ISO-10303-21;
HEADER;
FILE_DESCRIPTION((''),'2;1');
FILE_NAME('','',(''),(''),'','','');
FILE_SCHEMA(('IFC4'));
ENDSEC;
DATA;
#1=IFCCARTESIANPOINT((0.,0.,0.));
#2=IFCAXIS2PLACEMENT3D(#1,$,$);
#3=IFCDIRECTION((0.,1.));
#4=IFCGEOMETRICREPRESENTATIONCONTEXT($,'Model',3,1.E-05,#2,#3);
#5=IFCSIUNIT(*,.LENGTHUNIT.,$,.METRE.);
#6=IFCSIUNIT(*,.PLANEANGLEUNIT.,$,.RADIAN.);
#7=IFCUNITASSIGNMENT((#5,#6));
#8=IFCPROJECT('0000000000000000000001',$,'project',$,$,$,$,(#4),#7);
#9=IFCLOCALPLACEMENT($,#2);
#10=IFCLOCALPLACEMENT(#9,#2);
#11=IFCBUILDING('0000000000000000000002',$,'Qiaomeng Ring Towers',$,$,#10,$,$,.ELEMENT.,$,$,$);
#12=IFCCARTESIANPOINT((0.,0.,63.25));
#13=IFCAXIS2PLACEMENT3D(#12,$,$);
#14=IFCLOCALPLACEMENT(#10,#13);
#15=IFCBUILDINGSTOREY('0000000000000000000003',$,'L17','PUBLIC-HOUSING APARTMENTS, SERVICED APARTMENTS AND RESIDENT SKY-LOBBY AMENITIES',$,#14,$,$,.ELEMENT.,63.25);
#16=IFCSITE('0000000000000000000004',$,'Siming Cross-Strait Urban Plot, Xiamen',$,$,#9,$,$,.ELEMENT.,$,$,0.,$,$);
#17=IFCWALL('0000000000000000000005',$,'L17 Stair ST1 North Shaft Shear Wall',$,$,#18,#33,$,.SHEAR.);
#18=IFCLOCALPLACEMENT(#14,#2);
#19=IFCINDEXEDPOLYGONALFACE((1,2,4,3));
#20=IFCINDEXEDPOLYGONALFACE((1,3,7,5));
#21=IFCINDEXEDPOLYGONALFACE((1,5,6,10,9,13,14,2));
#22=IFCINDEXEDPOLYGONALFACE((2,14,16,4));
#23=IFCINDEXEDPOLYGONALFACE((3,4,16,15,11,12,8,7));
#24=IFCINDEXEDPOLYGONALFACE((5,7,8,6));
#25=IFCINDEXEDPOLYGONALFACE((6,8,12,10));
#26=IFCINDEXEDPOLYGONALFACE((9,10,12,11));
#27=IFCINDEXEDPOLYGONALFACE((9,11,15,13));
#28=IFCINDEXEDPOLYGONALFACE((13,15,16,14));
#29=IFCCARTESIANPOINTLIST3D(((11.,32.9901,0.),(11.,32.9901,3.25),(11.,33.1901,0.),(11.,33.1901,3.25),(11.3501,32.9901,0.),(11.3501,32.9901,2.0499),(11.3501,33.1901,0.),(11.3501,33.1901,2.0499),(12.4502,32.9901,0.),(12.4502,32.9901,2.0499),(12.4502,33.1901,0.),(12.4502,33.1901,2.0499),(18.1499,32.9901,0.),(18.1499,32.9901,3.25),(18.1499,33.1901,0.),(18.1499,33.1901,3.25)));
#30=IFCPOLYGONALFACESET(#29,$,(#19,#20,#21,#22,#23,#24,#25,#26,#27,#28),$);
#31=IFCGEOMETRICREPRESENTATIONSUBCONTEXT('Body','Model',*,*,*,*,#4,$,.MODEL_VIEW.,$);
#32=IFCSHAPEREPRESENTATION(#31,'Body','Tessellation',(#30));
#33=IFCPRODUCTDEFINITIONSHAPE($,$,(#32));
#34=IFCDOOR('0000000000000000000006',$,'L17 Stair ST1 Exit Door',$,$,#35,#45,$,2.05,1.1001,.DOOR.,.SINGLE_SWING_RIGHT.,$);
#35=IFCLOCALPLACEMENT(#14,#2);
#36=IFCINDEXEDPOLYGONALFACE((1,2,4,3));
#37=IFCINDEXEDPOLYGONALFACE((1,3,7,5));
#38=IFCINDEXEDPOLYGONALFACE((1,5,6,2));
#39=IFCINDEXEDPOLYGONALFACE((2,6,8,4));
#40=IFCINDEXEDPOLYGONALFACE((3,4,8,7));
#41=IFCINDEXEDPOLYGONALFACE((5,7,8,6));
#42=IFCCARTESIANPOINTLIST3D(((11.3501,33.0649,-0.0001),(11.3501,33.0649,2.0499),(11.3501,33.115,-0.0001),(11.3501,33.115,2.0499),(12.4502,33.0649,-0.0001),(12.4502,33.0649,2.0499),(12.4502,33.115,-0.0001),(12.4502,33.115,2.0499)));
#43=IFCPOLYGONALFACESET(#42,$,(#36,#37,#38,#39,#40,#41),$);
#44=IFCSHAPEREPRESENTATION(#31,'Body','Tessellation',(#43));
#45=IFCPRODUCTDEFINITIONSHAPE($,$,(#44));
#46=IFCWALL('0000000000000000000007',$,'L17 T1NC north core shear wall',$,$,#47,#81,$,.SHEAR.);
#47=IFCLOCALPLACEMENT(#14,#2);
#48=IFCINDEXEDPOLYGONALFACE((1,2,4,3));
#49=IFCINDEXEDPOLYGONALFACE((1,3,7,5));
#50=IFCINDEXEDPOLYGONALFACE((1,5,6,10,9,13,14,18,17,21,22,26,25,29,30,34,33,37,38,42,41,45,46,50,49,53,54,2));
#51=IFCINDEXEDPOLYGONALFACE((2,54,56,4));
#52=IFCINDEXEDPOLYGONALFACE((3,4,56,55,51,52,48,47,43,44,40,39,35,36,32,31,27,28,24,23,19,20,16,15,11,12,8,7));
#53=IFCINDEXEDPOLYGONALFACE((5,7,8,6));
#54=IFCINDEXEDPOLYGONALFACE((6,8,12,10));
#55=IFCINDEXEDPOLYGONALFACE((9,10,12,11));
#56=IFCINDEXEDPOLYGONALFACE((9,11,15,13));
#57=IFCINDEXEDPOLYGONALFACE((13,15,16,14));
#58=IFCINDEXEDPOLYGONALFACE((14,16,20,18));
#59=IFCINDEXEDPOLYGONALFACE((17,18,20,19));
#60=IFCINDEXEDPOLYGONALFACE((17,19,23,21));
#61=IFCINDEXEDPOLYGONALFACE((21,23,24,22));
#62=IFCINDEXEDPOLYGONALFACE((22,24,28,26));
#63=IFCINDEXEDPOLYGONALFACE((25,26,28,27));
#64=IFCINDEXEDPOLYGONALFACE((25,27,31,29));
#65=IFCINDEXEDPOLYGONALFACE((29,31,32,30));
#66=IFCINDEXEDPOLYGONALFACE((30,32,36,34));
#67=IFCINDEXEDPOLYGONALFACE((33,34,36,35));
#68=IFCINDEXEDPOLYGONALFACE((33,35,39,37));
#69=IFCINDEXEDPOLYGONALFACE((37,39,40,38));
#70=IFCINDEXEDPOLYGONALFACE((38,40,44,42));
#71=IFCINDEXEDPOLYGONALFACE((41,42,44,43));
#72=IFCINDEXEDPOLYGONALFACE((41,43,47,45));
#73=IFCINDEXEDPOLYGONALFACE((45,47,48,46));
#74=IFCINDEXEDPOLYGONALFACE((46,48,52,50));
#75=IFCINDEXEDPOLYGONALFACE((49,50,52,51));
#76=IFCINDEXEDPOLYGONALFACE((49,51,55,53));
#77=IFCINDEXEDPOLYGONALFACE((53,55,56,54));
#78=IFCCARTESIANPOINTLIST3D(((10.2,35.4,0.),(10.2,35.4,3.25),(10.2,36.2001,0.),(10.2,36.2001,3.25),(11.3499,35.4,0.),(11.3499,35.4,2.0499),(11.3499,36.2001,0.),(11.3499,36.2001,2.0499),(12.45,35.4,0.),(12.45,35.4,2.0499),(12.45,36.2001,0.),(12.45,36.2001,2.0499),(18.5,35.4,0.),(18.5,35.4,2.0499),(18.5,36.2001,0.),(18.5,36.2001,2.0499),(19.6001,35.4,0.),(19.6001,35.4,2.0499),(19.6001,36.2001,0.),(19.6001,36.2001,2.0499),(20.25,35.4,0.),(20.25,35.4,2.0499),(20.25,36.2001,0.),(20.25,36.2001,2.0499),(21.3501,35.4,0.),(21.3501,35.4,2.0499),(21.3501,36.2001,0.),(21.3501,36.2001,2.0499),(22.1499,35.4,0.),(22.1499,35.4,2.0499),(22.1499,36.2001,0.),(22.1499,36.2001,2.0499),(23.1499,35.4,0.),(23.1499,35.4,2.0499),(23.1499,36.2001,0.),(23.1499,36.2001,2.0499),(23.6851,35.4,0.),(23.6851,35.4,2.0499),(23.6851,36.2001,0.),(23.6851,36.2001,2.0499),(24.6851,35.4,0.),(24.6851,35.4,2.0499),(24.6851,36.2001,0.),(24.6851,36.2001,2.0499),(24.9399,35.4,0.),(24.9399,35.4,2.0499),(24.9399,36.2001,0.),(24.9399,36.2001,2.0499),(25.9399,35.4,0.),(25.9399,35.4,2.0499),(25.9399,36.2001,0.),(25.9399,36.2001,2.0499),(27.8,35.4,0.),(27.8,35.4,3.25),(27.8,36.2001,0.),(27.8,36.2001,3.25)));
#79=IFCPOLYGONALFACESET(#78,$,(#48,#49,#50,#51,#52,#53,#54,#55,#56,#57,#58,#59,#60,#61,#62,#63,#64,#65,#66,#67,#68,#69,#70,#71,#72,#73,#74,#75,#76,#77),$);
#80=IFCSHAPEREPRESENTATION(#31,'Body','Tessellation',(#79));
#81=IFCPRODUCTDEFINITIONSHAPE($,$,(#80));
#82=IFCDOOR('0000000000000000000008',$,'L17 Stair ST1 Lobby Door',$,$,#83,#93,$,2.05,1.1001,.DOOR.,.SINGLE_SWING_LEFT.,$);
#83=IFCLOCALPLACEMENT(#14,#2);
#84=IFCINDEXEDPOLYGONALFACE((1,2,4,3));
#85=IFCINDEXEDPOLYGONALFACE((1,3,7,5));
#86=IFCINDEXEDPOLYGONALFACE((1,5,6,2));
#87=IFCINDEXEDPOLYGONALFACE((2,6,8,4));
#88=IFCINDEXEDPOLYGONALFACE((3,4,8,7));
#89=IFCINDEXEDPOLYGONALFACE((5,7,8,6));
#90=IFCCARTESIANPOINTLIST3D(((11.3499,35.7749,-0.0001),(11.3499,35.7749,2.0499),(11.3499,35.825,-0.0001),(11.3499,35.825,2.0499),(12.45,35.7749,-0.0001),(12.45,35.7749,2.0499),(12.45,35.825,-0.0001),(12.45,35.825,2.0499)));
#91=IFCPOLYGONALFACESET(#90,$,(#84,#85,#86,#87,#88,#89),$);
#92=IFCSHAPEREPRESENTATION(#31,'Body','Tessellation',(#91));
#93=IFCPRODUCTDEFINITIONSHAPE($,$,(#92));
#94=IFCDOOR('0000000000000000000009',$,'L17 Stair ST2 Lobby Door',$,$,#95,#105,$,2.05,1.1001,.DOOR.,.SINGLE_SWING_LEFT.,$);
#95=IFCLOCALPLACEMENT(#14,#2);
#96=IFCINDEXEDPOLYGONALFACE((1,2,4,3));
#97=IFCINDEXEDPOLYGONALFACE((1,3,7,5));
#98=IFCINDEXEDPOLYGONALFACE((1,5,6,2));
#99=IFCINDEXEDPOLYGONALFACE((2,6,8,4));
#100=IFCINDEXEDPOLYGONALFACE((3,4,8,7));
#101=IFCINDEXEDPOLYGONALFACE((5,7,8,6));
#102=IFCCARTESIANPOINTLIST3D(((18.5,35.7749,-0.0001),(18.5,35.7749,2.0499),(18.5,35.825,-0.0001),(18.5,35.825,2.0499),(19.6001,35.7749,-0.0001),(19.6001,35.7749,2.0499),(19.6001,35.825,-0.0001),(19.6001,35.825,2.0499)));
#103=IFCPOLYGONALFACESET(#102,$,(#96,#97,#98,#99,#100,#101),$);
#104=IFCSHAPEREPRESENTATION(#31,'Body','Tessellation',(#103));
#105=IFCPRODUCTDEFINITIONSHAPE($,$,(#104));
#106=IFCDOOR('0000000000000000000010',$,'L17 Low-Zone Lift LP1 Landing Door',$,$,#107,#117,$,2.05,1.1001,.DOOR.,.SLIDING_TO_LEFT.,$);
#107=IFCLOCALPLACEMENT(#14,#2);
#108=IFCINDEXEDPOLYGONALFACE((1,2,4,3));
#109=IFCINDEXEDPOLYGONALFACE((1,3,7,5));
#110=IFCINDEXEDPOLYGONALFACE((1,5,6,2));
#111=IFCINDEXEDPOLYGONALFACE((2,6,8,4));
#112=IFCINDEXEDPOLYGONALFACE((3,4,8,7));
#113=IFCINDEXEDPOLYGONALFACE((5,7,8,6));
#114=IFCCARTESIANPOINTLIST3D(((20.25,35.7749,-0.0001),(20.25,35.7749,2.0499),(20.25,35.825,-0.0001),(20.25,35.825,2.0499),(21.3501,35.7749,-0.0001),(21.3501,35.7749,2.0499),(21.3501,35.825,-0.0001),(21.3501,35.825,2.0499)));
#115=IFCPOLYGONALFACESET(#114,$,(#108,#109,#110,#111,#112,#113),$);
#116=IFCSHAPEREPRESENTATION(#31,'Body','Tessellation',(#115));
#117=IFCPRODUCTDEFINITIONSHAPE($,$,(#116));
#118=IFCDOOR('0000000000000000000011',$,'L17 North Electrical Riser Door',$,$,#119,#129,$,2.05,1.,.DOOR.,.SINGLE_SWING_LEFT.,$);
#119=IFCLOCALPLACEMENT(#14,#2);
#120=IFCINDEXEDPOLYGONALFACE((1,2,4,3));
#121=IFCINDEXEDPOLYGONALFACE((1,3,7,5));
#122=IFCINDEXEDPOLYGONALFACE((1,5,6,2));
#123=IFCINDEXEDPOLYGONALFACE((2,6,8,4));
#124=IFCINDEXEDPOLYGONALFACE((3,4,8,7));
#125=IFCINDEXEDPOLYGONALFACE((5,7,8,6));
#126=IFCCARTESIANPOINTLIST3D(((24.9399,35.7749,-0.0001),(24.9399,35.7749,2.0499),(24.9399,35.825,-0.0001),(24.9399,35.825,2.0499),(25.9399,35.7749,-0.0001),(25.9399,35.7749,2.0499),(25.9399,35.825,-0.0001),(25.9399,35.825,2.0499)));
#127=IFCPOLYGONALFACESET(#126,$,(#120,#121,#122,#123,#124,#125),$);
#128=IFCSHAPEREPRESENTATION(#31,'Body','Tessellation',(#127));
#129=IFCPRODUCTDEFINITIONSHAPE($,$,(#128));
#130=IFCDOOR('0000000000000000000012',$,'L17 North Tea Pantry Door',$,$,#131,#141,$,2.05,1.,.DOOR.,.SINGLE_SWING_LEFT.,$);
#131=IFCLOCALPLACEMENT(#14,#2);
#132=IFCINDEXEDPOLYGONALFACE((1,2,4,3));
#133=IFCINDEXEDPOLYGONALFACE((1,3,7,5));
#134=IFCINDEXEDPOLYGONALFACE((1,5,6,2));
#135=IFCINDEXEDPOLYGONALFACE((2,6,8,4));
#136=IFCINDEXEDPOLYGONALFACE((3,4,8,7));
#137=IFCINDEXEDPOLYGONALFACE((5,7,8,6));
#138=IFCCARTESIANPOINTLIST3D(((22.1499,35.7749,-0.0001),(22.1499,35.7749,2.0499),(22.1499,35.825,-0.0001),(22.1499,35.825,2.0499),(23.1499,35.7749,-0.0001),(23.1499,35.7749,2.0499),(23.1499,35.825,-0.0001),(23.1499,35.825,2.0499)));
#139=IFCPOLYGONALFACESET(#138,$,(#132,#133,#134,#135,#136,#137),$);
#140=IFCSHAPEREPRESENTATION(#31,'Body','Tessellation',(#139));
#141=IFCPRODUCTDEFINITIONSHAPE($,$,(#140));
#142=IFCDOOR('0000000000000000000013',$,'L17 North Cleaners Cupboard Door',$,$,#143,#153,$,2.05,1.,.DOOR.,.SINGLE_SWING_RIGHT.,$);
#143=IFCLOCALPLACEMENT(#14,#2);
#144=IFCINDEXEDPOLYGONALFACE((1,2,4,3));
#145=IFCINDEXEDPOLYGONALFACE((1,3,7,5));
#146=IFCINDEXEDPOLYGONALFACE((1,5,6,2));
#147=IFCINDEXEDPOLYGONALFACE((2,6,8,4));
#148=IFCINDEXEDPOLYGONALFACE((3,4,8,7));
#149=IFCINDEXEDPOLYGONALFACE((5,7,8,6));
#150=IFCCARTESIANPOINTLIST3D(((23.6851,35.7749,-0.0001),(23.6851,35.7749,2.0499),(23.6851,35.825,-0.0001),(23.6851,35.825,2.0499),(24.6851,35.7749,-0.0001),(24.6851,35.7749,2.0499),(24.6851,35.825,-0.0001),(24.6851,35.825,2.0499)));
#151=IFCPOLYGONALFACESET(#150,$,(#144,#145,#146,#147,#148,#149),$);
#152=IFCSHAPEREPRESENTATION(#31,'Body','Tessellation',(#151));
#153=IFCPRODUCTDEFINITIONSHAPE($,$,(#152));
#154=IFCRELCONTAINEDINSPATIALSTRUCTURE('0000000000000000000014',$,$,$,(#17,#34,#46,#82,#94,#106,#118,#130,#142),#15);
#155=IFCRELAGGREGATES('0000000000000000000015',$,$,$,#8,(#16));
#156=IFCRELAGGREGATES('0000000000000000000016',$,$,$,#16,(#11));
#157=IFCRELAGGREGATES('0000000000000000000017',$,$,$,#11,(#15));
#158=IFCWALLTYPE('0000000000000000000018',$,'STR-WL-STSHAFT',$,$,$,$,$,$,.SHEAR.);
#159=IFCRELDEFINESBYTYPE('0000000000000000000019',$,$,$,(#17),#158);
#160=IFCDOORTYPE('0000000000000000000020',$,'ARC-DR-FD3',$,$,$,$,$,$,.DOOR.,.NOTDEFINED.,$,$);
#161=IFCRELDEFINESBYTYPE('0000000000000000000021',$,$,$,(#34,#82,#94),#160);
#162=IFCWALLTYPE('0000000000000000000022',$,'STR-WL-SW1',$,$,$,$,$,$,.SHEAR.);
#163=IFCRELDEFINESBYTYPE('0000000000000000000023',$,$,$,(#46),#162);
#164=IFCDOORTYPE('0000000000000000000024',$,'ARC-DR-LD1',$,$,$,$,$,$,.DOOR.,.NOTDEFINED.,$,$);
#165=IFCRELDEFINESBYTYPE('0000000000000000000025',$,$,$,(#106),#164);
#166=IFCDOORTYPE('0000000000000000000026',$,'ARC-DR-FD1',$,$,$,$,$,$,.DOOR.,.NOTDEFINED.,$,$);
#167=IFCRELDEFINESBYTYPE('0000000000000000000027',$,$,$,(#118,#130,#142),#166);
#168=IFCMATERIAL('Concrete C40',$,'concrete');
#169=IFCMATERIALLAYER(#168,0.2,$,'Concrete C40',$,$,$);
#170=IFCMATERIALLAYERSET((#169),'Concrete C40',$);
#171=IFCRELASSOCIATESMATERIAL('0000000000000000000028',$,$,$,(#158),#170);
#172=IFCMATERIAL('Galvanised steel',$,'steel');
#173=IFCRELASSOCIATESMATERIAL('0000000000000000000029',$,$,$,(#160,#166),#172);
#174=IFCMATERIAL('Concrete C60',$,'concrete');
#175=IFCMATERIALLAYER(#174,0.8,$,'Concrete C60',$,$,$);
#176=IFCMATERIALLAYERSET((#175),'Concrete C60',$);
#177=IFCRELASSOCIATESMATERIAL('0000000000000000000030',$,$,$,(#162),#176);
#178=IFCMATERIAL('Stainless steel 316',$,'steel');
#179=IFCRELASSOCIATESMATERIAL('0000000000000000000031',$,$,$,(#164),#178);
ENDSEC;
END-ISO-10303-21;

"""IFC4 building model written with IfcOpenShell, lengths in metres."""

from ifc_helpers import new_model, si_unit, direction, frame, frame_2d, origin, place, context, subcontext, project, spatial, rectangle, extrude, source, transform, mapped, material, layer, layer_set, type_object, element, fill, save


model = new_model("IFC4")

# Units and contexts
model_context = context("Model", 3, precision=1e-05, world=origin(), true_north=direction((0.0, 1.0)))
body_context = subcontext(model_context, "Body", "Model", "MODEL_VIEW")
ifc_project = project(units=[si_unit("LENGTHUNIT", "METRE"), si_unit("PLANEANGLEUNIT", "RADIAN")], contexts=[model_context])

# Site, building, storey
site_placement = place(None, origin())
site = spatial("IfcSite", under=ifc_project, at=site_placement, Name="Siming Cross-Strait Urban Plot, Xiamen", CompositionType="ELEMENT", RefElevation=0.0)
building_placement = place(site_placement, origin())
building = spatial("IfcBuilding", under=site, at=building_placement, Name="Qiaomeng Ring Towers", CompositionType="ELEMENT")
storey_placement = place(building_placement, frame((0.0, 0.0, 63.25)))
storey = spatial("IfcBuildingStorey", under=building, at=storey_placement, Name="L17", Description="PUBLIC-HOUSING APARTMENTS, SERVICED APARTMENTS AND RESIDENT SKY-LOBBY AMENITIES", CompositionType="ELEMENT", Elevation=63.25)

# Shared definitions
ifc_material_1 = material(Name="Concrete C60", Category="concrete")

# Shared definitions
shared_shape_1 = source(origin(), body_context, "Body", "SweptSolid", [
    extrude(rectangle(XDim=1.0, YDim=2.05, at=frame_2d((0.5, 1.0249))), frame((0.0, 0.0249, 0.0), z_axis=(0.0, -1.0, 0.0), x_axis=(1.0, 0.0, 0.0)), (0.0, 0.0, 1.0), 0.05),
])

# Shared definitions
ifc_material_2 = material(Name="Concrete C40", Category="concrete")
ifc_layer_1 = layer(ifc_material_2, 0.2, Name="Concrete C40")
ifc_layer_set_1 = layer_set([ifc_layer_1], Name="Concrete C40")
wall_type_1 = type_object("IfcWallType", Name="STR-WL-STSHAFT", PredefinedType="SHEAR", material=ifc_layer_set_1)

# Wall, opening, door
wall_1_placement = place(storey_placement, frame((11.0, 33.0901, 0.0), z_axis=(0.0, 0.0, 1.0), x_axis=(1.0, 0.0, 0.0)))
wall_1 = element("IfcWall", 1, at=wall_1_placement, inside=storey, type_object=wall_type_1, Name="L17 Stair ST1 North Shaft Shear Wall", PredefinedType="SHEAR", context=body_context, shape_type="SweptSolid", body=[
    extrude(rectangle(XDim=7.1499, YDim=0.2, at=frame_2d((3.575, 0.0))), origin(), (0.0, 0.0, 1.0), 3.25),
])
opening_1_placement = place(wall_1_placement, frame((0.3501, 0.0, 0.0)))
opening_1 = element("IfcOpeningElement", 2, at=opening_1_placement, cuts=wall_1, PredefinedType="OPENING", context=body_context, shape_type="SweptSolid", body=[
    extrude(rectangle(XDim=1.1001, YDim=2.05, at=frame_2d((0.55, 1.0249))), frame((0.0, 0.1099, 0.0), z_axis=(0.0, -1.0, 0.0), x_axis=(1.0, 0.0, 0.0)), (0.0, 0.0, 1.0), 0.22),
])
ifc_material_3 = material(Name="Galvanised steel", Category="steel")
door_type_1 = type_object("IfcDoorType", Name="ARC-DR-FD3", OperationType="NOTDEFINED", PredefinedType="DOOR", material=ifc_material_3)
shared_shape_2 = source(origin(), body_context, "Body", "SweptSolid", [
    extrude(rectangle(XDim=1.1001, YDim=2.05, at=frame_2d((0.55, 1.0249))), frame((0.0, 0.0249, 0.0), z_axis=(0.0, -1.0, 0.0), x_axis=(1.0, 0.0, 0.0)), (0.0, 0.0, 1.0), 0.05),
])
door_1_placement = place(opening_1_placement, origin())
door_1 = element("IfcDoor", 3, at=door_1_placement, inside=storey, type_object=door_type_1, Name="L17 Stair ST1 Exit Door", OperationType="SINGLE_SWING_RIGHT", OverallHeight=2.05, OverallWidth=1.1001, PredefinedType="DOOR", context=body_context, shape_type="MappedRepresentation", body=[
    mapped(shared_shape_2, transform((0.0, 0.0, 0.0), x_axis=(1.0, 0.0, 0.0), y_axis=(0.0, 1.0, 0.0), z_axis=(0.0, 0.0, 1.0), scale=1.0)),
])
fill(opening_1, door_1)

# Wall, openings, doors
ifc_layer_2 = layer(ifc_material_1, 0.8, Name="Concrete C60")
ifc_layer_set_2 = layer_set([ifc_layer_2], Name="Concrete C60")
wall_type_2 = type_object("IfcWallType", Name="STR-WL-SW1", PredefinedType="SHEAR", material=ifc_layer_set_2)
wall_2_placement = place(storey_placement, frame((10.2, 35.8, 0.0), z_axis=(0.0, 0.0, 1.0), x_axis=(1.0, 0.0, 0.0)))
wall_2 = element("IfcWall", 4, at=wall_2_placement, inside=storey, type_object=wall_type_2, Name="L17 T1NC north core shear wall", PredefinedType="SHEAR", context=body_context, shape_type="SweptSolid", body=[
    extrude(rectangle(XDim=17.6001, YDim=0.8, at=frame_2d((8.8, 0.0))), origin(), (0.0, 0.0, 1.0), 3.25),
])
opening_2_placement = place(wall_2_placement, frame((1.1499, 0.0, 0.0)))
opening_2 = element("IfcOpeningElement", 5, at=opening_2_placement, cuts=wall_2, PredefinedType="OPENING", context=body_context, shape_type="SweptSolid", body=[
    extrude(rectangle(XDim=1.1001, YDim=2.05, at=frame_2d((0.55, 1.0249))), frame((0.0, 0.4099, 0.0), z_axis=(0.0, -1.0, 0.0), x_axis=(1.0, 0.0, 0.0)), (0.0, 0.0, 1.0), 0.8201),
])
opening_3_placement = place(wall_2_placement, frame((8.3, 0.0, 0.0)))
opening_3 = element("IfcOpeningElement", 6, at=opening_3_placement, cuts=wall_2, PredefinedType="OPENING", context=body_context, shape_type="SweptSolid", body=[
    extrude(rectangle(XDim=1.1001, YDim=2.05, at=frame_2d((0.55, 1.0249))), frame((0.0, 0.4099, 0.0), z_axis=(0.0, -1.0, 0.0), x_axis=(1.0, 0.0, 0.0)), (0.0, 0.0, 1.0), 0.8201),
])
opening_4_placement = place(wall_2_placement, frame((10.05, 0.0, 0.0)))
opening_4 = element("IfcOpeningElement", 7, at=opening_4_placement, cuts=wall_2, PredefinedType="OPENING", context=body_context, shape_type="SweptSolid", body=[
    extrude(rectangle(XDim=1.1001, YDim=2.05, at=frame_2d((0.55, 1.0249))), frame((0.0, 0.4099, 0.0), z_axis=(0.0, -1.0, 0.0), x_axis=(1.0, 0.0, 0.0)), (0.0, 0.0, 1.0), 0.8201),
])
opening_5_placement = place(wall_2_placement, frame((14.74, 0.0, 0.0)))
opening_5 = element("IfcOpeningElement", 8, at=opening_5_placement, cuts=wall_2, PredefinedType="OPENING", context=body_context, shape_type="SweptSolid", body=[
    extrude(rectangle(XDim=1.0, YDim=2.05, at=frame_2d((0.5, 1.0249))), frame((0.0, 0.4099, 0.0), z_axis=(0.0, -1.0, 0.0), x_axis=(1.0, 0.0, 0.0)), (0.0, 0.0, 1.0), 0.8201),
])
opening_6_placement = place(wall_2_placement, frame((11.95, 0.0, 0.0)))
opening_6 = element("IfcOpeningElement", 9, at=opening_6_placement, cuts=wall_2, PredefinedType="OPENING", context=body_context, shape_type="SweptSolid", body=[
    extrude(rectangle(XDim=1.0, YDim=2.05, at=frame_2d((0.5, 1.0249))), frame((0.0, 0.4099, 0.0), z_axis=(0.0, -1.0, 0.0), x_axis=(1.0, 0.0, 0.0)), (0.0, 0.0, 1.0), 0.8201),
])
opening_7_placement = place(wall_2_placement, frame((13.4851, 0.0, 0.0)))
opening_7 = element("IfcOpeningElement", 10, at=opening_7_placement, cuts=wall_2, PredefinedType="OPENING", context=body_context, shape_type="SweptSolid", body=[
    extrude(rectangle(XDim=1.0, YDim=2.05, at=frame_2d((0.5, 1.0249))), frame((0.0, 0.4099, 0.0), z_axis=(0.0, -1.0, 0.0), x_axis=(1.0, 0.0, 0.0)), (0.0, 0.0, 1.0), 0.8201),
])
door_2_placement = place(opening_2_placement, origin())
door_2 = element("IfcDoor", 11, at=door_2_placement, inside=storey, type_object=door_type_1, Name="L17 Stair ST1 Lobby Door", OperationType="SINGLE_SWING_LEFT", OverallHeight=2.05, OverallWidth=1.1001, PredefinedType="DOOR", context=body_context, shape_type="MappedRepresentation", body=[
    mapped(shared_shape_2, transform((0.0, 0.0, 0.0), x_axis=(1.0, 0.0, 0.0), y_axis=(0.0, 1.0, 0.0), z_axis=(0.0, 0.0, 1.0), scale=1.0)),
])
fill(opening_2, door_2)
door_3_placement = place(opening_3_placement, origin())
door_3 = element("IfcDoor", 12, at=door_3_placement, inside=storey, type_object=door_type_1, Name="L17 Stair ST2 Lobby Door", OperationType="SINGLE_SWING_LEFT", OverallHeight=2.05, OverallWidth=1.1001, PredefinedType="DOOR", context=body_context, shape_type="MappedRepresentation", body=[
    mapped(shared_shape_2, transform((0.0, 0.0, 0.0), x_axis=(1.0, 0.0, 0.0), y_axis=(0.0, 1.0, 0.0), z_axis=(0.0, 0.0, 1.0), scale=1.0)),
])
fill(opening_3, door_3)
ifc_material_4 = material(Name="Stainless steel 316", Category="steel")
door_type_2 = type_object("IfcDoorType", Name="ARC-DR-LD1", OperationType="NOTDEFINED", PredefinedType="DOOR", material=ifc_material_4)
door_4_placement = place(opening_4_placement, origin())
door_4 = element("IfcDoor", 13, at=door_4_placement, inside=storey, type_object=door_type_2, Name="L17 Low-Zone Lift LP1 Landing Door", OperationType="SLIDING_TO_LEFT", OverallHeight=2.05, OverallWidth=1.1001, PredefinedType="DOOR", context=body_context, shape_type="MappedRepresentation", body=[
    mapped(shared_shape_2, transform((0.0, 0.0, 0.0), x_axis=(1.0, 0.0, 0.0), y_axis=(0.0, 1.0, 0.0), z_axis=(0.0, 0.0, 1.0), scale=1.0)),
])
fill(opening_4, door_4)
door_type_3 = type_object("IfcDoorType", Name="ARC-DR-FD1", OperationType="NOTDEFINED", PredefinedType="DOOR", material=ifc_material_3)
door_5_placement = place(opening_5_placement, origin())
door_5 = element("IfcDoor", 14, at=door_5_placement, inside=storey, type_object=door_type_3, Name="L17 North Electrical Riser Door", OperationType="SINGLE_SWING_LEFT", OverallHeight=2.05, OverallWidth=1.0, PredefinedType="DOOR", context=body_context, shape_type="MappedRepresentation", body=[
    mapped(shared_shape_1, transform((0.0, 0.0, 0.0), x_axis=(1.0, 0.0, 0.0), y_axis=(0.0, 1.0, 0.0), z_axis=(0.0, 0.0, 1.0), scale=1.0)),
])
fill(opening_5, door_5)
door_6_placement = place(opening_6_placement, origin())
door_6 = element("IfcDoor", 15, at=door_6_placement, inside=storey, type_object=door_type_3, Name="L17 North Tea Pantry Door", OperationType="SINGLE_SWING_LEFT", OverallHeight=2.05, OverallWidth=1.0, PredefinedType="DOOR", context=body_context, shape_type="MappedRepresentation", body=[
    mapped(shared_shape_1, transform((0.0, 0.0, 0.0), x_axis=(1.0, 0.0, 0.0), y_axis=(0.0, 1.0, 0.0), z_axis=(0.0, 0.0, 1.0), scale=1.0)),
])
fill(opening_6, door_6)
door_7_placement = place(opening_7_placement, origin())
door_7 = element("IfcDoor", 16, at=door_7_placement, inside=storey, type_object=door_type_3, Name="L17 North Cleaners Cupboard Door", OperationType="SINGLE_SWING_RIGHT", OverallHeight=2.05, OverallWidth=1.0, PredefinedType="DOOR", context=body_context, shape_type="MappedRepresentation", body=[
    mapped(shared_shape_1, transform((0.0, 0.0, 0.0), x_axis=(1.0, 0.0, 0.0), y_axis=(0.0, 1.0, 0.0), z_axis=(0.0, 0.0, 1.0), scale=1.0)),
])
fill(opening_7, door_7)

save(model, "model.ifc")
